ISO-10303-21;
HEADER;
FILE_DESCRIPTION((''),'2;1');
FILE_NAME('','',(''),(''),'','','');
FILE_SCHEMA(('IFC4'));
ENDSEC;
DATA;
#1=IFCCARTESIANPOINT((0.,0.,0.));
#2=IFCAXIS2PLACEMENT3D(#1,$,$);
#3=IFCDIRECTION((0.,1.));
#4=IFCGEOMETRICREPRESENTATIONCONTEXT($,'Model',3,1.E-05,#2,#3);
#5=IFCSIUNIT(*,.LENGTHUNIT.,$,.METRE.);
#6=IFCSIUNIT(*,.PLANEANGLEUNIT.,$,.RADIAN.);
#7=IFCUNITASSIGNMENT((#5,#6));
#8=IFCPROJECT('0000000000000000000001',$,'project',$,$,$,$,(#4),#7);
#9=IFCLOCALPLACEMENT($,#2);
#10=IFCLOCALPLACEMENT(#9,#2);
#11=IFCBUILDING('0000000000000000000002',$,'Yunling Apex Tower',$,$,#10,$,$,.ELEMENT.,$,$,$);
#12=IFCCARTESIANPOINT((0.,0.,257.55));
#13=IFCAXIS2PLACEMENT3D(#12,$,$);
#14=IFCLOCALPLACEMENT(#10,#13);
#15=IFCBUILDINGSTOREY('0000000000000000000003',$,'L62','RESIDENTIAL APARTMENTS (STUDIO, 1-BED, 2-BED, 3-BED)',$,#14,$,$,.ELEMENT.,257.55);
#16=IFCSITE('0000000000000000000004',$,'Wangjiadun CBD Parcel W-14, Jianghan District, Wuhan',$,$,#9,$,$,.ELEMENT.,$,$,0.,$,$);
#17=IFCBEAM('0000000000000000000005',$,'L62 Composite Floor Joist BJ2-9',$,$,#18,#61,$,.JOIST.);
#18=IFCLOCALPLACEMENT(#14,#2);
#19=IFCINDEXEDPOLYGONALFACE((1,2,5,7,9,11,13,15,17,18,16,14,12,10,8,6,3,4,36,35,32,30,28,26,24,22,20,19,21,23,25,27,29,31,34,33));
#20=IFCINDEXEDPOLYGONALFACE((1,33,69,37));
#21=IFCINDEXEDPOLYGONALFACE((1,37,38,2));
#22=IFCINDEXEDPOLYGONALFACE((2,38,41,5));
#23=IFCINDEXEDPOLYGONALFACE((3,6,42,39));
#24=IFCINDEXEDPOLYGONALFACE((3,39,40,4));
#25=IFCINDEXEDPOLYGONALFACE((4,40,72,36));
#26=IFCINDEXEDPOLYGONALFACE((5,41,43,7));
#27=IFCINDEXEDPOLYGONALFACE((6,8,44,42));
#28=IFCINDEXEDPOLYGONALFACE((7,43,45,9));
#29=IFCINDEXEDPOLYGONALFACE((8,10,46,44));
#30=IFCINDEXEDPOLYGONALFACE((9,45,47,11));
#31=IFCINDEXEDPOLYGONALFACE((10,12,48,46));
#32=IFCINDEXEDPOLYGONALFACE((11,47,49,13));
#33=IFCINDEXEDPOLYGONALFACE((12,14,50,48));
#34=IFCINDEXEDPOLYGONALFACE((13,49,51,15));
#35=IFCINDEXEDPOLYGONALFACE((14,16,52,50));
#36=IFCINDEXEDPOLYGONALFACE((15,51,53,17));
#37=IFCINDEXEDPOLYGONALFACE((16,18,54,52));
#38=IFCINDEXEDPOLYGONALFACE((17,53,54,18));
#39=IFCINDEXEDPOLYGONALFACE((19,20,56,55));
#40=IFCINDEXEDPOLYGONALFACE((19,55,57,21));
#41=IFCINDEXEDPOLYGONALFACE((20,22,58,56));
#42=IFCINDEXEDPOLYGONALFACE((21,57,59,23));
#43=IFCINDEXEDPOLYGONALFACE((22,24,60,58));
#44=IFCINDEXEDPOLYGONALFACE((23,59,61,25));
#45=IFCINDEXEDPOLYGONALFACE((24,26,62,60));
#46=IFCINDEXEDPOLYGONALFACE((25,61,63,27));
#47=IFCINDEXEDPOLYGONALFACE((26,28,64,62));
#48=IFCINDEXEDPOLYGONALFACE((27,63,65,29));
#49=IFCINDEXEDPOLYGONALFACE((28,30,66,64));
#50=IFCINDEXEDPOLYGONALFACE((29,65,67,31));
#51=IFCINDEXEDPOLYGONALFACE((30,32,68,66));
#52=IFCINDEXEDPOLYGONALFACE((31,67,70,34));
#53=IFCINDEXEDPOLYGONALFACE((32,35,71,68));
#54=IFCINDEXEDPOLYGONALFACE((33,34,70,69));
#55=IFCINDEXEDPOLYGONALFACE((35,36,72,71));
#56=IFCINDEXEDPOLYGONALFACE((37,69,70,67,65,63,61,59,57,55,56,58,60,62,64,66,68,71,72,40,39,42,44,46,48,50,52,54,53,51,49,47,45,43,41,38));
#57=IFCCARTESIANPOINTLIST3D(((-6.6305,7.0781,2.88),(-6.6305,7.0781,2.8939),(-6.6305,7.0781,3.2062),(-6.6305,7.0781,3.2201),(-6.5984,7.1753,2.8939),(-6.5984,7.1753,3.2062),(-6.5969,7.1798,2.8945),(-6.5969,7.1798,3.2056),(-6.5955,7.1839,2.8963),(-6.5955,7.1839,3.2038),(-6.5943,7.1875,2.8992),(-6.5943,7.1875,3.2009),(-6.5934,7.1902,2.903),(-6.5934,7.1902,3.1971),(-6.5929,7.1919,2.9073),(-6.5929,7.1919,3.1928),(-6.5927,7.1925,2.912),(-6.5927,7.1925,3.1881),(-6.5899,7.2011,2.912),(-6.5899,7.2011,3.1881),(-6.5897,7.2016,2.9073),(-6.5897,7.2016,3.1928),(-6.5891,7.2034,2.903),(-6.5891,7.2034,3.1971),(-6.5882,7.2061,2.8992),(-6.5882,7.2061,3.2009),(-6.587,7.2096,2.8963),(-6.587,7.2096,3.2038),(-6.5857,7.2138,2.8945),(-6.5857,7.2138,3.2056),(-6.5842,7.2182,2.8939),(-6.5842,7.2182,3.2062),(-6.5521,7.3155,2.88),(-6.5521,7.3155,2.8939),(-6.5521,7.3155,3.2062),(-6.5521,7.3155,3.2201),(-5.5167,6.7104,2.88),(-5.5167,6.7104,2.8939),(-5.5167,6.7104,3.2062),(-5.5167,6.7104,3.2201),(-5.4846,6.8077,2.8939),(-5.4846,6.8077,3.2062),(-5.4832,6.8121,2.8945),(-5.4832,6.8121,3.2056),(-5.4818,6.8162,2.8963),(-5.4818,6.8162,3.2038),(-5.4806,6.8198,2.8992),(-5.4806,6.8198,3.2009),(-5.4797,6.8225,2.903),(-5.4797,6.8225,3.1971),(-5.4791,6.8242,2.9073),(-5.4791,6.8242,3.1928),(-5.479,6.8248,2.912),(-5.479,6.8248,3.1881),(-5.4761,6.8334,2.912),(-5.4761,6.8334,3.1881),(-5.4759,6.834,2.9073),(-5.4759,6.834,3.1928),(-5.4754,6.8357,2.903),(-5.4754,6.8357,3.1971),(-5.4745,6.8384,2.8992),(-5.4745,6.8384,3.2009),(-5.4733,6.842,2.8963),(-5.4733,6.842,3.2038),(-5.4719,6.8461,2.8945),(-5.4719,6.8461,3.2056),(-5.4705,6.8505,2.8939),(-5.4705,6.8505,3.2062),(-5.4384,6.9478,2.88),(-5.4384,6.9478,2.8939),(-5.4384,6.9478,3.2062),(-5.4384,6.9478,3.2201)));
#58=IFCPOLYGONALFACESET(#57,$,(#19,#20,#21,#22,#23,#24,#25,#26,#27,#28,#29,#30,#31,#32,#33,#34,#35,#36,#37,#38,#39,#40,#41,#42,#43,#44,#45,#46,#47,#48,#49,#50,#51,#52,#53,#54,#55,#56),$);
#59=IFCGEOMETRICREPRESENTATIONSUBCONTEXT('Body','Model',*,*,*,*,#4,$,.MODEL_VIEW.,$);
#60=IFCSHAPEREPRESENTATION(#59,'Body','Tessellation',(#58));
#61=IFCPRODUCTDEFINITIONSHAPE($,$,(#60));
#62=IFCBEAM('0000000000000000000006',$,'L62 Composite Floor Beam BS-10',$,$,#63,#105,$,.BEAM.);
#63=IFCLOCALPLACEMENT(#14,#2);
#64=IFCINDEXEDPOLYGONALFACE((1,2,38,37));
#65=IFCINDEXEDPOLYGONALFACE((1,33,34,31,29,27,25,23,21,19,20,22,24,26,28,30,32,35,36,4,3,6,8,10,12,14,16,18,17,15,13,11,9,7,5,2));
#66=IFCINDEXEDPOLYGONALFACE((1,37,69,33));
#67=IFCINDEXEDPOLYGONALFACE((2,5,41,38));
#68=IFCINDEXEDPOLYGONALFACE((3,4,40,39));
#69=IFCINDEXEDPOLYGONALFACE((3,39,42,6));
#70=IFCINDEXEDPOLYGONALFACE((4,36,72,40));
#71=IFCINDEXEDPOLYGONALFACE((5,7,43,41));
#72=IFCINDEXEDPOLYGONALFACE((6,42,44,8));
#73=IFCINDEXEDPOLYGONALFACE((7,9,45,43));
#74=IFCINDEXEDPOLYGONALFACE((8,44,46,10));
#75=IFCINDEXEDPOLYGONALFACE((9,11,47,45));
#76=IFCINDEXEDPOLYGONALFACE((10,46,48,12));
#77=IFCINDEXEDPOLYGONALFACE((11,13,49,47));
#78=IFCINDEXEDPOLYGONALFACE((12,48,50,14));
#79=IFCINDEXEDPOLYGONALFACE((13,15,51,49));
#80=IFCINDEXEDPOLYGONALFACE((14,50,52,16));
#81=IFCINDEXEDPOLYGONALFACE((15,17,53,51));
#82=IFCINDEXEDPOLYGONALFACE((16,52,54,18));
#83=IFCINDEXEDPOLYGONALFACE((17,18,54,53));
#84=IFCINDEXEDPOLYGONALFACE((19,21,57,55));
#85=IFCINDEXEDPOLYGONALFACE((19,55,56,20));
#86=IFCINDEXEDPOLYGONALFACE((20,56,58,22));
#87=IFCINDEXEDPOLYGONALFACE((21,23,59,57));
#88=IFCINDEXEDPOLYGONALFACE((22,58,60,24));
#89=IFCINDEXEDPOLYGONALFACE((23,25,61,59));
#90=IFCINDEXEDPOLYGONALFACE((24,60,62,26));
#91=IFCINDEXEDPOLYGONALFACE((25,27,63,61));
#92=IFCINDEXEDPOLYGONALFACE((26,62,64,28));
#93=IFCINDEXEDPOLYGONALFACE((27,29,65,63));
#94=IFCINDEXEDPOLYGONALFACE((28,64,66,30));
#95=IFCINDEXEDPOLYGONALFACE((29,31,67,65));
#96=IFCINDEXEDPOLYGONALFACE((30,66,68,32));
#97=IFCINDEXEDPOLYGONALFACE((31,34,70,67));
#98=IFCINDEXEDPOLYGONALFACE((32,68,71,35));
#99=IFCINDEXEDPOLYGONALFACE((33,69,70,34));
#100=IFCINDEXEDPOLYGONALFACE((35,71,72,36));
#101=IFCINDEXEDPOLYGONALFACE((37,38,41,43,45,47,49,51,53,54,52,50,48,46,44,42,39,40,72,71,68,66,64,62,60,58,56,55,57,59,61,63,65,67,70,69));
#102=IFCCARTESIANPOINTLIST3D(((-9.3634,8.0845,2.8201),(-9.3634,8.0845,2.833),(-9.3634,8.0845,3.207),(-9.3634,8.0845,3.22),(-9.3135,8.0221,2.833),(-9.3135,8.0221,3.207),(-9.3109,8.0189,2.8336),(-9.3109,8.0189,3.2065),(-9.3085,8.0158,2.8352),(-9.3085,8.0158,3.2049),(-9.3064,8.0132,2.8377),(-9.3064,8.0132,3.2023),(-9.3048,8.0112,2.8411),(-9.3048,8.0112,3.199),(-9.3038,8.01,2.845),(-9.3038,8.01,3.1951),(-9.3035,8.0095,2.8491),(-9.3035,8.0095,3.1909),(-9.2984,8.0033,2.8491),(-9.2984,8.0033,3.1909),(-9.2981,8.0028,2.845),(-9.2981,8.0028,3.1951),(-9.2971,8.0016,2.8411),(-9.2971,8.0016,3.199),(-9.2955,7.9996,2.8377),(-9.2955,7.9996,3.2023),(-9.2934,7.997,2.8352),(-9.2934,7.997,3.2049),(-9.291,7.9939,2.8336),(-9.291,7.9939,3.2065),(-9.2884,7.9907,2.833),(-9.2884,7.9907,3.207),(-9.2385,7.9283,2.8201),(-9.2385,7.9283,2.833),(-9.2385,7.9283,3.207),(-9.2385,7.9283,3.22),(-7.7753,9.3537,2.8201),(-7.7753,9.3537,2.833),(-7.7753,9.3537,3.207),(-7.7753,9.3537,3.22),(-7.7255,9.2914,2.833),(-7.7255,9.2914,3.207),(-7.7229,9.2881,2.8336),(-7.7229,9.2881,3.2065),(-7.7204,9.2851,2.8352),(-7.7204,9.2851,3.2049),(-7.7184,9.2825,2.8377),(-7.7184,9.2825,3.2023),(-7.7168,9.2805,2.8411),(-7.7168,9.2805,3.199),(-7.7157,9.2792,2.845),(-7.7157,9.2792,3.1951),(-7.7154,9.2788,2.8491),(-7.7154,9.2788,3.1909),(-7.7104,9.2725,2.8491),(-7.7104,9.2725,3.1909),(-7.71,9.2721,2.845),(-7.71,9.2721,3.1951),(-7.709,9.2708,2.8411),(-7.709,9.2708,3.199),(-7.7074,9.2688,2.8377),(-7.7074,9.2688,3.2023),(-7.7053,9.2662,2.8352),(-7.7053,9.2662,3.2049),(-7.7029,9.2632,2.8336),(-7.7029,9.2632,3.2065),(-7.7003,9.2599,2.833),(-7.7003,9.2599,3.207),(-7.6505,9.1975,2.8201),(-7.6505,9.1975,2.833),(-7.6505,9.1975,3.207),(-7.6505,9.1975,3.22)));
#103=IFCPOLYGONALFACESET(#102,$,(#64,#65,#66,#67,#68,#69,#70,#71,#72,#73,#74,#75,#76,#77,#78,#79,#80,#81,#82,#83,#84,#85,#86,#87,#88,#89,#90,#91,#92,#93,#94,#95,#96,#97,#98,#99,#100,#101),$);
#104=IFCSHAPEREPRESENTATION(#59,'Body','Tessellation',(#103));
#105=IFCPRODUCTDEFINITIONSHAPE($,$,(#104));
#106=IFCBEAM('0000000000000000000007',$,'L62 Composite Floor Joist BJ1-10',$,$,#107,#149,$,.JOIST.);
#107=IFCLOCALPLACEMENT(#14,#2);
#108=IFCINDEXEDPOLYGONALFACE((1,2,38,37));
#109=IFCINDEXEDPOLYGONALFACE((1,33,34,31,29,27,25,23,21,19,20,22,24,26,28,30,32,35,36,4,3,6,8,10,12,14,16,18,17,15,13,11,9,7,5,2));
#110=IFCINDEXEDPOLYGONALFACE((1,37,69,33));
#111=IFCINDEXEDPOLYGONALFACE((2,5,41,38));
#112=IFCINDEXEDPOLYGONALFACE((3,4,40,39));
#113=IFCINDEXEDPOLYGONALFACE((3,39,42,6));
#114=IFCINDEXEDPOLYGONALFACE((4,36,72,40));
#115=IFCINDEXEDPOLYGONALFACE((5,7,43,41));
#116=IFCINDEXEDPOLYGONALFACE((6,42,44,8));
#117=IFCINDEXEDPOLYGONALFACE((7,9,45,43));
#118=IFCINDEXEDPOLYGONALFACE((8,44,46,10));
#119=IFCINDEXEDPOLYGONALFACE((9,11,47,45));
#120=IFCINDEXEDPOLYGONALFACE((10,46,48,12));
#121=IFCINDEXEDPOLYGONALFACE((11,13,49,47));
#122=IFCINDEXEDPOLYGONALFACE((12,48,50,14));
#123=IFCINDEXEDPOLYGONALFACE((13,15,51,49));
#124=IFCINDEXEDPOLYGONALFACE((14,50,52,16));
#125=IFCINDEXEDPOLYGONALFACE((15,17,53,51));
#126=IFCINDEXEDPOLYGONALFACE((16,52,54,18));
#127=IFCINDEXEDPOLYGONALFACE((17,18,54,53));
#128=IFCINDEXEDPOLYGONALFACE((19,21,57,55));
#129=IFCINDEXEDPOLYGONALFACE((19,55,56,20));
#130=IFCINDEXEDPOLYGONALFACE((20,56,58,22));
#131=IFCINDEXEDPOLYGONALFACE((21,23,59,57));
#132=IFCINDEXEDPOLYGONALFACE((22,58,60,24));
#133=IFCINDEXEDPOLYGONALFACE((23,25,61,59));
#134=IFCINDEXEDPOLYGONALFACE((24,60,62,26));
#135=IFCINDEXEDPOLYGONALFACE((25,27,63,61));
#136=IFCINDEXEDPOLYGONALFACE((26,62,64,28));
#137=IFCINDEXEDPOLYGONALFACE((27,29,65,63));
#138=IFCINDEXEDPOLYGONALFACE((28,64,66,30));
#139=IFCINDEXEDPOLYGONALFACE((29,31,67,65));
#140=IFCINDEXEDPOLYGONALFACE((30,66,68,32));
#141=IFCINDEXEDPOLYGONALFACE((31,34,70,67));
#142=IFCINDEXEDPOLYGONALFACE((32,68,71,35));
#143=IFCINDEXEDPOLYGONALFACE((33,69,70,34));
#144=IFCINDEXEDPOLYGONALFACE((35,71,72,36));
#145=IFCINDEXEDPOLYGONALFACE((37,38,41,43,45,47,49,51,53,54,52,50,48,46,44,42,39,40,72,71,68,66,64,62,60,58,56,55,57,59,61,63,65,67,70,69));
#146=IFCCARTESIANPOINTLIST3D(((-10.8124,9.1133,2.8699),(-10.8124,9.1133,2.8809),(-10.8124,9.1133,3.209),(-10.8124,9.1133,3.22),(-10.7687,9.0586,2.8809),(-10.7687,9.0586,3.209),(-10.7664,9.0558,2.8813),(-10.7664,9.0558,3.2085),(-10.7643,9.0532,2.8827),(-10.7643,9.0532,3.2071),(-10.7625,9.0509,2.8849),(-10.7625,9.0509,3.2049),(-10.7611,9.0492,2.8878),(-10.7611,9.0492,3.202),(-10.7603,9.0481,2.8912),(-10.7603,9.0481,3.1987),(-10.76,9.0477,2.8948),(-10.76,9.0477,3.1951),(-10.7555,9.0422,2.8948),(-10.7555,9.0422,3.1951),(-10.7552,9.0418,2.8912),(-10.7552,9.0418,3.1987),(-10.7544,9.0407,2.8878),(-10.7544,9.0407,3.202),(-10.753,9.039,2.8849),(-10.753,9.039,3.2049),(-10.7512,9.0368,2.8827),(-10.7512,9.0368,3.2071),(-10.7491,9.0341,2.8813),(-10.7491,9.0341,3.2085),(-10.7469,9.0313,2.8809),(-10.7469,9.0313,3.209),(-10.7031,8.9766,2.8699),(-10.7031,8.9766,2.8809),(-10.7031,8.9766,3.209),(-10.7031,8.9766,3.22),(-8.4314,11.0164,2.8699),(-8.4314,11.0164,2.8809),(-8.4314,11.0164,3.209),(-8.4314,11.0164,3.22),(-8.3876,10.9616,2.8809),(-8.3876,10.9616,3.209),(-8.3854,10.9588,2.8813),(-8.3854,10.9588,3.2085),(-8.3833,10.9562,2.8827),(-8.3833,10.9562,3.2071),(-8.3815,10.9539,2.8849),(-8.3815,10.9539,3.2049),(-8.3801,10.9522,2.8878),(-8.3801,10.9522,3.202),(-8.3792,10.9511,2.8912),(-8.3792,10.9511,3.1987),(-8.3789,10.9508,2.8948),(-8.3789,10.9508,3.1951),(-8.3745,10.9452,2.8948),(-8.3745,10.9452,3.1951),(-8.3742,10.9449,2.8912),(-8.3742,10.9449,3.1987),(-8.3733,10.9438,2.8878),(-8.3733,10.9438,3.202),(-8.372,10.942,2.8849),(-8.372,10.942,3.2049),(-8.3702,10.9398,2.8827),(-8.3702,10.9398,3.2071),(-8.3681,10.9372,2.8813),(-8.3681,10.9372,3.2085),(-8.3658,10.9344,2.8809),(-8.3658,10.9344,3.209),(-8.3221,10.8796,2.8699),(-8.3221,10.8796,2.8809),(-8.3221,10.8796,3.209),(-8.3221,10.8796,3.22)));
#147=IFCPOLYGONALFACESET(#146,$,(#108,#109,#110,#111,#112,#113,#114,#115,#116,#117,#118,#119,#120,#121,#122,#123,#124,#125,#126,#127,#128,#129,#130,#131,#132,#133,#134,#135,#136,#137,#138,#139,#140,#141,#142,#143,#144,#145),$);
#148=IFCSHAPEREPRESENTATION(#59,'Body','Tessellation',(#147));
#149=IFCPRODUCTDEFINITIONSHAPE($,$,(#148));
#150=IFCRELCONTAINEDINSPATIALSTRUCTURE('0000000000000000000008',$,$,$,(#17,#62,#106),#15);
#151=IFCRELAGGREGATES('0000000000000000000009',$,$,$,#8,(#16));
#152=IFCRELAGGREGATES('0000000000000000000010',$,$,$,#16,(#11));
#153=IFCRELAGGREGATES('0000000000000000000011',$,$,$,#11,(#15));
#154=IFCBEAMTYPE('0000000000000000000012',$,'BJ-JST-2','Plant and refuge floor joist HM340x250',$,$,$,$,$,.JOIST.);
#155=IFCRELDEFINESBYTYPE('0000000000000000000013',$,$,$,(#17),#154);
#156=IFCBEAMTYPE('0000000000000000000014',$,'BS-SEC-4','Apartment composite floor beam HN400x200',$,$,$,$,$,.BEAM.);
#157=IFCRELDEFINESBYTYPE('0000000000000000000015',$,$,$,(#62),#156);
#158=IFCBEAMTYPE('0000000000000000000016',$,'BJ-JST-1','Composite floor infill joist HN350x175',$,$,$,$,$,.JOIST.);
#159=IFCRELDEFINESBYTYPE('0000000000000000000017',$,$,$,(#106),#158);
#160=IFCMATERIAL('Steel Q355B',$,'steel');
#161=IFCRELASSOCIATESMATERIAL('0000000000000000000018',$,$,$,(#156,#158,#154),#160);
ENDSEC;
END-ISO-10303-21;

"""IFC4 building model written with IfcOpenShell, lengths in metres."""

from ifc_helpers import new_model, si_unit, direction, frame, origin, origin_2d, place, context, subcontext, project, spatial, i_section, extrude, source, transform, mapped, material, material_profile, profile_set, type_object, element, save


model = new_model("IFC4")

# Units and contexts
model_context = context("Model", 3, precision=1e-05, world=origin(), true_north=direction((0.0, 1.0)))
body_context = subcontext(model_context, "Body", "Model", "MODEL_VIEW")
ifc_project = project(units=[si_unit("LENGTHUNIT", "METRE"), si_unit("PLANEANGLEUNIT", "RADIAN")], contexts=[model_context])

# Site, building, storey
site_placement = place(None, origin())
site = spatial("IfcSite", under=ifc_project, at=site_placement, Name="Wangjiadun CBD Parcel W-14, Jianghan District, Wuhan", CompositionType="ELEMENT", RefElevation=0.0)
building_placement = place(site_placement, origin())
building = spatial("IfcBuilding", under=site, at=building_placement, Name="Yunling Apex Tower", CompositionType="ELEMENT")
storey_placement = place(building_placement, frame((0.0, 0.0, 257.55)))
storey = spatial("IfcBuildingStorey", under=building, at=storey_placement, Name="L62", Description="RESIDENTIAL APARTMENTS (STUDIO, 1-BED, 2-BED, 3-BED)", CompositionType="ELEMENT", Elevation=257.55)

# Beams
ifc_material_1 = material(Name="Steel Q355B", Category="steel")
ifc_material_profile_1 = material_profile(ifc_material_1, i_section(OverallWidth=0.2, OverallDepth=0.3999, WebThickness=0.0081, FlangeThickness=0.0129, FilletRadius=0.0161, at=origin_2d()))
ifc_profile_set_1 = profile_set([ifc_material_profile_1], Name="Steel Q355B")
beam_type_1 = type_object("IfcBeamType", Name="BS-SEC-4", Description="Apartment composite floor beam HN400x200", PredefinedType="BEAM", material=ifc_profile_set_1)
ifc_material_profile_2 = material_profile(ifc_material_1, i_section(OverallWidth=0.175, OverallDepth=0.3501, WebThickness=0.0071, FlangeThickness=0.011, FilletRadius=0.0139, at=origin_2d()))
ifc_profile_set_2 = profile_set([ifc_material_profile_2], Name="Steel Q355B")
beam_type_2 = type_object("IfcBeamType", Name="BJ-JST-1", Description="Composite floor infill joist HN350x175", PredefinedType="JOIST", material=ifc_profile_set_2)
ifc_material_profile_3 = material_profile(ifc_material_1, i_section(OverallWidth=0.25, OverallDepth=0.3401, WebThickness=0.009, FlangeThickness=0.0139, FilletRadius=0.0181, at=origin_2d()))
ifc_profile_set_3 = profile_set([ifc_material_profile_3], Name="Steel Q355B")
beam_type_3 = type_object("IfcBeamType", Name="BJ-JST-2", Description="Plant and refuge floor joist HM340x250", PredefinedType="JOIST", material=ifc_profile_set_3)
shared_shape_1 = source(origin(), body_context, "Body", "SweptSolid", [
    extrude(i_section(OverallWidth=0.25, OverallDepth=0.3401, WebThickness=0.009, FlangeThickness=0.0139, FilletRadius=0.0181, at=origin_2d()), origin(), (0.0, 0.0, 1.0), 1.1729),
])
beam_1_placement = place(storey_placement, frame((-5.4775, 6.8291, 3.05), z_axis=(-0.949595, 0.313479, 0.0), x_axis=(-0.313479, -0.949595, 0.0)))
element("IfcBeam", 1, at=beam_1_placement, inside=storey, type_object=beam_type_3, Name="L62 Composite Floor Joist BJ2-9", PredefinedType="JOIST", context=body_context, shape_type="MappedRepresentation", body=[
    mapped(shared_shape_1, transform((0.0, 0.0, 0.0), scale=1.0)),
])
shared_shape_2 = source(origin(), body_context, "Body", "SweptSolid", [
    extrude(i_section(OverallWidth=0.2, OverallDepth=0.3999, WebThickness=0.0081, FlangeThickness=0.0129, FilletRadius=0.0161, at=origin_2d()), origin(), (0.0, 0.0, 1.0), 2.033),
])
beam_2_placement = place(storey_placement, frame((-7.7129, 9.2756, 3.02), z_axis=(-0.781162, -0.624329, 0.0), x_axis=(0.624329, -0.781162, 0.0)))
element("IfcBeam", 2, at=beam_2_placement, inside=storey, type_object=beam_type_1, Name="L62 Composite Floor Beam BS-10", PredefinedType="BEAM", context=body_context, shape_type="MappedRepresentation", body=[
    mapped(shared_shape_2, transform((0.0, 0.0, 0.0), scale=1.0)),
])
shared_shape_3 = source(origin(), body_context, "Body", "SweptSolid", [
    extrude(i_section(OverallWidth=0.175, OverallDepth=0.3501, WebThickness=0.0071, FlangeThickness=0.011, FilletRadius=0.0139, at=origin_2d()), origin(), (0.0, 0.0, 1.0), 3.0481),
])
beam_3_placement = place(storey_placement, frame((-8.3767, 10.948, 3.0449), z_axis=(-0.781158, -0.624334, 0.0), x_axis=(0.624334, -0.781158, 0.0)))
element("IfcBeam", 3, at=beam_3_placement, inside=storey, type_object=beam_type_2, Name="L62 Composite Floor Joist BJ1-10", PredefinedType="JOIST", context=body_context, shape_type="MappedRepresentation", body=[
    mapped(shared_shape_3, transform((0.0, 0.0, 0.0), scale=1.0)),
])

save(model, "model.ifc")
